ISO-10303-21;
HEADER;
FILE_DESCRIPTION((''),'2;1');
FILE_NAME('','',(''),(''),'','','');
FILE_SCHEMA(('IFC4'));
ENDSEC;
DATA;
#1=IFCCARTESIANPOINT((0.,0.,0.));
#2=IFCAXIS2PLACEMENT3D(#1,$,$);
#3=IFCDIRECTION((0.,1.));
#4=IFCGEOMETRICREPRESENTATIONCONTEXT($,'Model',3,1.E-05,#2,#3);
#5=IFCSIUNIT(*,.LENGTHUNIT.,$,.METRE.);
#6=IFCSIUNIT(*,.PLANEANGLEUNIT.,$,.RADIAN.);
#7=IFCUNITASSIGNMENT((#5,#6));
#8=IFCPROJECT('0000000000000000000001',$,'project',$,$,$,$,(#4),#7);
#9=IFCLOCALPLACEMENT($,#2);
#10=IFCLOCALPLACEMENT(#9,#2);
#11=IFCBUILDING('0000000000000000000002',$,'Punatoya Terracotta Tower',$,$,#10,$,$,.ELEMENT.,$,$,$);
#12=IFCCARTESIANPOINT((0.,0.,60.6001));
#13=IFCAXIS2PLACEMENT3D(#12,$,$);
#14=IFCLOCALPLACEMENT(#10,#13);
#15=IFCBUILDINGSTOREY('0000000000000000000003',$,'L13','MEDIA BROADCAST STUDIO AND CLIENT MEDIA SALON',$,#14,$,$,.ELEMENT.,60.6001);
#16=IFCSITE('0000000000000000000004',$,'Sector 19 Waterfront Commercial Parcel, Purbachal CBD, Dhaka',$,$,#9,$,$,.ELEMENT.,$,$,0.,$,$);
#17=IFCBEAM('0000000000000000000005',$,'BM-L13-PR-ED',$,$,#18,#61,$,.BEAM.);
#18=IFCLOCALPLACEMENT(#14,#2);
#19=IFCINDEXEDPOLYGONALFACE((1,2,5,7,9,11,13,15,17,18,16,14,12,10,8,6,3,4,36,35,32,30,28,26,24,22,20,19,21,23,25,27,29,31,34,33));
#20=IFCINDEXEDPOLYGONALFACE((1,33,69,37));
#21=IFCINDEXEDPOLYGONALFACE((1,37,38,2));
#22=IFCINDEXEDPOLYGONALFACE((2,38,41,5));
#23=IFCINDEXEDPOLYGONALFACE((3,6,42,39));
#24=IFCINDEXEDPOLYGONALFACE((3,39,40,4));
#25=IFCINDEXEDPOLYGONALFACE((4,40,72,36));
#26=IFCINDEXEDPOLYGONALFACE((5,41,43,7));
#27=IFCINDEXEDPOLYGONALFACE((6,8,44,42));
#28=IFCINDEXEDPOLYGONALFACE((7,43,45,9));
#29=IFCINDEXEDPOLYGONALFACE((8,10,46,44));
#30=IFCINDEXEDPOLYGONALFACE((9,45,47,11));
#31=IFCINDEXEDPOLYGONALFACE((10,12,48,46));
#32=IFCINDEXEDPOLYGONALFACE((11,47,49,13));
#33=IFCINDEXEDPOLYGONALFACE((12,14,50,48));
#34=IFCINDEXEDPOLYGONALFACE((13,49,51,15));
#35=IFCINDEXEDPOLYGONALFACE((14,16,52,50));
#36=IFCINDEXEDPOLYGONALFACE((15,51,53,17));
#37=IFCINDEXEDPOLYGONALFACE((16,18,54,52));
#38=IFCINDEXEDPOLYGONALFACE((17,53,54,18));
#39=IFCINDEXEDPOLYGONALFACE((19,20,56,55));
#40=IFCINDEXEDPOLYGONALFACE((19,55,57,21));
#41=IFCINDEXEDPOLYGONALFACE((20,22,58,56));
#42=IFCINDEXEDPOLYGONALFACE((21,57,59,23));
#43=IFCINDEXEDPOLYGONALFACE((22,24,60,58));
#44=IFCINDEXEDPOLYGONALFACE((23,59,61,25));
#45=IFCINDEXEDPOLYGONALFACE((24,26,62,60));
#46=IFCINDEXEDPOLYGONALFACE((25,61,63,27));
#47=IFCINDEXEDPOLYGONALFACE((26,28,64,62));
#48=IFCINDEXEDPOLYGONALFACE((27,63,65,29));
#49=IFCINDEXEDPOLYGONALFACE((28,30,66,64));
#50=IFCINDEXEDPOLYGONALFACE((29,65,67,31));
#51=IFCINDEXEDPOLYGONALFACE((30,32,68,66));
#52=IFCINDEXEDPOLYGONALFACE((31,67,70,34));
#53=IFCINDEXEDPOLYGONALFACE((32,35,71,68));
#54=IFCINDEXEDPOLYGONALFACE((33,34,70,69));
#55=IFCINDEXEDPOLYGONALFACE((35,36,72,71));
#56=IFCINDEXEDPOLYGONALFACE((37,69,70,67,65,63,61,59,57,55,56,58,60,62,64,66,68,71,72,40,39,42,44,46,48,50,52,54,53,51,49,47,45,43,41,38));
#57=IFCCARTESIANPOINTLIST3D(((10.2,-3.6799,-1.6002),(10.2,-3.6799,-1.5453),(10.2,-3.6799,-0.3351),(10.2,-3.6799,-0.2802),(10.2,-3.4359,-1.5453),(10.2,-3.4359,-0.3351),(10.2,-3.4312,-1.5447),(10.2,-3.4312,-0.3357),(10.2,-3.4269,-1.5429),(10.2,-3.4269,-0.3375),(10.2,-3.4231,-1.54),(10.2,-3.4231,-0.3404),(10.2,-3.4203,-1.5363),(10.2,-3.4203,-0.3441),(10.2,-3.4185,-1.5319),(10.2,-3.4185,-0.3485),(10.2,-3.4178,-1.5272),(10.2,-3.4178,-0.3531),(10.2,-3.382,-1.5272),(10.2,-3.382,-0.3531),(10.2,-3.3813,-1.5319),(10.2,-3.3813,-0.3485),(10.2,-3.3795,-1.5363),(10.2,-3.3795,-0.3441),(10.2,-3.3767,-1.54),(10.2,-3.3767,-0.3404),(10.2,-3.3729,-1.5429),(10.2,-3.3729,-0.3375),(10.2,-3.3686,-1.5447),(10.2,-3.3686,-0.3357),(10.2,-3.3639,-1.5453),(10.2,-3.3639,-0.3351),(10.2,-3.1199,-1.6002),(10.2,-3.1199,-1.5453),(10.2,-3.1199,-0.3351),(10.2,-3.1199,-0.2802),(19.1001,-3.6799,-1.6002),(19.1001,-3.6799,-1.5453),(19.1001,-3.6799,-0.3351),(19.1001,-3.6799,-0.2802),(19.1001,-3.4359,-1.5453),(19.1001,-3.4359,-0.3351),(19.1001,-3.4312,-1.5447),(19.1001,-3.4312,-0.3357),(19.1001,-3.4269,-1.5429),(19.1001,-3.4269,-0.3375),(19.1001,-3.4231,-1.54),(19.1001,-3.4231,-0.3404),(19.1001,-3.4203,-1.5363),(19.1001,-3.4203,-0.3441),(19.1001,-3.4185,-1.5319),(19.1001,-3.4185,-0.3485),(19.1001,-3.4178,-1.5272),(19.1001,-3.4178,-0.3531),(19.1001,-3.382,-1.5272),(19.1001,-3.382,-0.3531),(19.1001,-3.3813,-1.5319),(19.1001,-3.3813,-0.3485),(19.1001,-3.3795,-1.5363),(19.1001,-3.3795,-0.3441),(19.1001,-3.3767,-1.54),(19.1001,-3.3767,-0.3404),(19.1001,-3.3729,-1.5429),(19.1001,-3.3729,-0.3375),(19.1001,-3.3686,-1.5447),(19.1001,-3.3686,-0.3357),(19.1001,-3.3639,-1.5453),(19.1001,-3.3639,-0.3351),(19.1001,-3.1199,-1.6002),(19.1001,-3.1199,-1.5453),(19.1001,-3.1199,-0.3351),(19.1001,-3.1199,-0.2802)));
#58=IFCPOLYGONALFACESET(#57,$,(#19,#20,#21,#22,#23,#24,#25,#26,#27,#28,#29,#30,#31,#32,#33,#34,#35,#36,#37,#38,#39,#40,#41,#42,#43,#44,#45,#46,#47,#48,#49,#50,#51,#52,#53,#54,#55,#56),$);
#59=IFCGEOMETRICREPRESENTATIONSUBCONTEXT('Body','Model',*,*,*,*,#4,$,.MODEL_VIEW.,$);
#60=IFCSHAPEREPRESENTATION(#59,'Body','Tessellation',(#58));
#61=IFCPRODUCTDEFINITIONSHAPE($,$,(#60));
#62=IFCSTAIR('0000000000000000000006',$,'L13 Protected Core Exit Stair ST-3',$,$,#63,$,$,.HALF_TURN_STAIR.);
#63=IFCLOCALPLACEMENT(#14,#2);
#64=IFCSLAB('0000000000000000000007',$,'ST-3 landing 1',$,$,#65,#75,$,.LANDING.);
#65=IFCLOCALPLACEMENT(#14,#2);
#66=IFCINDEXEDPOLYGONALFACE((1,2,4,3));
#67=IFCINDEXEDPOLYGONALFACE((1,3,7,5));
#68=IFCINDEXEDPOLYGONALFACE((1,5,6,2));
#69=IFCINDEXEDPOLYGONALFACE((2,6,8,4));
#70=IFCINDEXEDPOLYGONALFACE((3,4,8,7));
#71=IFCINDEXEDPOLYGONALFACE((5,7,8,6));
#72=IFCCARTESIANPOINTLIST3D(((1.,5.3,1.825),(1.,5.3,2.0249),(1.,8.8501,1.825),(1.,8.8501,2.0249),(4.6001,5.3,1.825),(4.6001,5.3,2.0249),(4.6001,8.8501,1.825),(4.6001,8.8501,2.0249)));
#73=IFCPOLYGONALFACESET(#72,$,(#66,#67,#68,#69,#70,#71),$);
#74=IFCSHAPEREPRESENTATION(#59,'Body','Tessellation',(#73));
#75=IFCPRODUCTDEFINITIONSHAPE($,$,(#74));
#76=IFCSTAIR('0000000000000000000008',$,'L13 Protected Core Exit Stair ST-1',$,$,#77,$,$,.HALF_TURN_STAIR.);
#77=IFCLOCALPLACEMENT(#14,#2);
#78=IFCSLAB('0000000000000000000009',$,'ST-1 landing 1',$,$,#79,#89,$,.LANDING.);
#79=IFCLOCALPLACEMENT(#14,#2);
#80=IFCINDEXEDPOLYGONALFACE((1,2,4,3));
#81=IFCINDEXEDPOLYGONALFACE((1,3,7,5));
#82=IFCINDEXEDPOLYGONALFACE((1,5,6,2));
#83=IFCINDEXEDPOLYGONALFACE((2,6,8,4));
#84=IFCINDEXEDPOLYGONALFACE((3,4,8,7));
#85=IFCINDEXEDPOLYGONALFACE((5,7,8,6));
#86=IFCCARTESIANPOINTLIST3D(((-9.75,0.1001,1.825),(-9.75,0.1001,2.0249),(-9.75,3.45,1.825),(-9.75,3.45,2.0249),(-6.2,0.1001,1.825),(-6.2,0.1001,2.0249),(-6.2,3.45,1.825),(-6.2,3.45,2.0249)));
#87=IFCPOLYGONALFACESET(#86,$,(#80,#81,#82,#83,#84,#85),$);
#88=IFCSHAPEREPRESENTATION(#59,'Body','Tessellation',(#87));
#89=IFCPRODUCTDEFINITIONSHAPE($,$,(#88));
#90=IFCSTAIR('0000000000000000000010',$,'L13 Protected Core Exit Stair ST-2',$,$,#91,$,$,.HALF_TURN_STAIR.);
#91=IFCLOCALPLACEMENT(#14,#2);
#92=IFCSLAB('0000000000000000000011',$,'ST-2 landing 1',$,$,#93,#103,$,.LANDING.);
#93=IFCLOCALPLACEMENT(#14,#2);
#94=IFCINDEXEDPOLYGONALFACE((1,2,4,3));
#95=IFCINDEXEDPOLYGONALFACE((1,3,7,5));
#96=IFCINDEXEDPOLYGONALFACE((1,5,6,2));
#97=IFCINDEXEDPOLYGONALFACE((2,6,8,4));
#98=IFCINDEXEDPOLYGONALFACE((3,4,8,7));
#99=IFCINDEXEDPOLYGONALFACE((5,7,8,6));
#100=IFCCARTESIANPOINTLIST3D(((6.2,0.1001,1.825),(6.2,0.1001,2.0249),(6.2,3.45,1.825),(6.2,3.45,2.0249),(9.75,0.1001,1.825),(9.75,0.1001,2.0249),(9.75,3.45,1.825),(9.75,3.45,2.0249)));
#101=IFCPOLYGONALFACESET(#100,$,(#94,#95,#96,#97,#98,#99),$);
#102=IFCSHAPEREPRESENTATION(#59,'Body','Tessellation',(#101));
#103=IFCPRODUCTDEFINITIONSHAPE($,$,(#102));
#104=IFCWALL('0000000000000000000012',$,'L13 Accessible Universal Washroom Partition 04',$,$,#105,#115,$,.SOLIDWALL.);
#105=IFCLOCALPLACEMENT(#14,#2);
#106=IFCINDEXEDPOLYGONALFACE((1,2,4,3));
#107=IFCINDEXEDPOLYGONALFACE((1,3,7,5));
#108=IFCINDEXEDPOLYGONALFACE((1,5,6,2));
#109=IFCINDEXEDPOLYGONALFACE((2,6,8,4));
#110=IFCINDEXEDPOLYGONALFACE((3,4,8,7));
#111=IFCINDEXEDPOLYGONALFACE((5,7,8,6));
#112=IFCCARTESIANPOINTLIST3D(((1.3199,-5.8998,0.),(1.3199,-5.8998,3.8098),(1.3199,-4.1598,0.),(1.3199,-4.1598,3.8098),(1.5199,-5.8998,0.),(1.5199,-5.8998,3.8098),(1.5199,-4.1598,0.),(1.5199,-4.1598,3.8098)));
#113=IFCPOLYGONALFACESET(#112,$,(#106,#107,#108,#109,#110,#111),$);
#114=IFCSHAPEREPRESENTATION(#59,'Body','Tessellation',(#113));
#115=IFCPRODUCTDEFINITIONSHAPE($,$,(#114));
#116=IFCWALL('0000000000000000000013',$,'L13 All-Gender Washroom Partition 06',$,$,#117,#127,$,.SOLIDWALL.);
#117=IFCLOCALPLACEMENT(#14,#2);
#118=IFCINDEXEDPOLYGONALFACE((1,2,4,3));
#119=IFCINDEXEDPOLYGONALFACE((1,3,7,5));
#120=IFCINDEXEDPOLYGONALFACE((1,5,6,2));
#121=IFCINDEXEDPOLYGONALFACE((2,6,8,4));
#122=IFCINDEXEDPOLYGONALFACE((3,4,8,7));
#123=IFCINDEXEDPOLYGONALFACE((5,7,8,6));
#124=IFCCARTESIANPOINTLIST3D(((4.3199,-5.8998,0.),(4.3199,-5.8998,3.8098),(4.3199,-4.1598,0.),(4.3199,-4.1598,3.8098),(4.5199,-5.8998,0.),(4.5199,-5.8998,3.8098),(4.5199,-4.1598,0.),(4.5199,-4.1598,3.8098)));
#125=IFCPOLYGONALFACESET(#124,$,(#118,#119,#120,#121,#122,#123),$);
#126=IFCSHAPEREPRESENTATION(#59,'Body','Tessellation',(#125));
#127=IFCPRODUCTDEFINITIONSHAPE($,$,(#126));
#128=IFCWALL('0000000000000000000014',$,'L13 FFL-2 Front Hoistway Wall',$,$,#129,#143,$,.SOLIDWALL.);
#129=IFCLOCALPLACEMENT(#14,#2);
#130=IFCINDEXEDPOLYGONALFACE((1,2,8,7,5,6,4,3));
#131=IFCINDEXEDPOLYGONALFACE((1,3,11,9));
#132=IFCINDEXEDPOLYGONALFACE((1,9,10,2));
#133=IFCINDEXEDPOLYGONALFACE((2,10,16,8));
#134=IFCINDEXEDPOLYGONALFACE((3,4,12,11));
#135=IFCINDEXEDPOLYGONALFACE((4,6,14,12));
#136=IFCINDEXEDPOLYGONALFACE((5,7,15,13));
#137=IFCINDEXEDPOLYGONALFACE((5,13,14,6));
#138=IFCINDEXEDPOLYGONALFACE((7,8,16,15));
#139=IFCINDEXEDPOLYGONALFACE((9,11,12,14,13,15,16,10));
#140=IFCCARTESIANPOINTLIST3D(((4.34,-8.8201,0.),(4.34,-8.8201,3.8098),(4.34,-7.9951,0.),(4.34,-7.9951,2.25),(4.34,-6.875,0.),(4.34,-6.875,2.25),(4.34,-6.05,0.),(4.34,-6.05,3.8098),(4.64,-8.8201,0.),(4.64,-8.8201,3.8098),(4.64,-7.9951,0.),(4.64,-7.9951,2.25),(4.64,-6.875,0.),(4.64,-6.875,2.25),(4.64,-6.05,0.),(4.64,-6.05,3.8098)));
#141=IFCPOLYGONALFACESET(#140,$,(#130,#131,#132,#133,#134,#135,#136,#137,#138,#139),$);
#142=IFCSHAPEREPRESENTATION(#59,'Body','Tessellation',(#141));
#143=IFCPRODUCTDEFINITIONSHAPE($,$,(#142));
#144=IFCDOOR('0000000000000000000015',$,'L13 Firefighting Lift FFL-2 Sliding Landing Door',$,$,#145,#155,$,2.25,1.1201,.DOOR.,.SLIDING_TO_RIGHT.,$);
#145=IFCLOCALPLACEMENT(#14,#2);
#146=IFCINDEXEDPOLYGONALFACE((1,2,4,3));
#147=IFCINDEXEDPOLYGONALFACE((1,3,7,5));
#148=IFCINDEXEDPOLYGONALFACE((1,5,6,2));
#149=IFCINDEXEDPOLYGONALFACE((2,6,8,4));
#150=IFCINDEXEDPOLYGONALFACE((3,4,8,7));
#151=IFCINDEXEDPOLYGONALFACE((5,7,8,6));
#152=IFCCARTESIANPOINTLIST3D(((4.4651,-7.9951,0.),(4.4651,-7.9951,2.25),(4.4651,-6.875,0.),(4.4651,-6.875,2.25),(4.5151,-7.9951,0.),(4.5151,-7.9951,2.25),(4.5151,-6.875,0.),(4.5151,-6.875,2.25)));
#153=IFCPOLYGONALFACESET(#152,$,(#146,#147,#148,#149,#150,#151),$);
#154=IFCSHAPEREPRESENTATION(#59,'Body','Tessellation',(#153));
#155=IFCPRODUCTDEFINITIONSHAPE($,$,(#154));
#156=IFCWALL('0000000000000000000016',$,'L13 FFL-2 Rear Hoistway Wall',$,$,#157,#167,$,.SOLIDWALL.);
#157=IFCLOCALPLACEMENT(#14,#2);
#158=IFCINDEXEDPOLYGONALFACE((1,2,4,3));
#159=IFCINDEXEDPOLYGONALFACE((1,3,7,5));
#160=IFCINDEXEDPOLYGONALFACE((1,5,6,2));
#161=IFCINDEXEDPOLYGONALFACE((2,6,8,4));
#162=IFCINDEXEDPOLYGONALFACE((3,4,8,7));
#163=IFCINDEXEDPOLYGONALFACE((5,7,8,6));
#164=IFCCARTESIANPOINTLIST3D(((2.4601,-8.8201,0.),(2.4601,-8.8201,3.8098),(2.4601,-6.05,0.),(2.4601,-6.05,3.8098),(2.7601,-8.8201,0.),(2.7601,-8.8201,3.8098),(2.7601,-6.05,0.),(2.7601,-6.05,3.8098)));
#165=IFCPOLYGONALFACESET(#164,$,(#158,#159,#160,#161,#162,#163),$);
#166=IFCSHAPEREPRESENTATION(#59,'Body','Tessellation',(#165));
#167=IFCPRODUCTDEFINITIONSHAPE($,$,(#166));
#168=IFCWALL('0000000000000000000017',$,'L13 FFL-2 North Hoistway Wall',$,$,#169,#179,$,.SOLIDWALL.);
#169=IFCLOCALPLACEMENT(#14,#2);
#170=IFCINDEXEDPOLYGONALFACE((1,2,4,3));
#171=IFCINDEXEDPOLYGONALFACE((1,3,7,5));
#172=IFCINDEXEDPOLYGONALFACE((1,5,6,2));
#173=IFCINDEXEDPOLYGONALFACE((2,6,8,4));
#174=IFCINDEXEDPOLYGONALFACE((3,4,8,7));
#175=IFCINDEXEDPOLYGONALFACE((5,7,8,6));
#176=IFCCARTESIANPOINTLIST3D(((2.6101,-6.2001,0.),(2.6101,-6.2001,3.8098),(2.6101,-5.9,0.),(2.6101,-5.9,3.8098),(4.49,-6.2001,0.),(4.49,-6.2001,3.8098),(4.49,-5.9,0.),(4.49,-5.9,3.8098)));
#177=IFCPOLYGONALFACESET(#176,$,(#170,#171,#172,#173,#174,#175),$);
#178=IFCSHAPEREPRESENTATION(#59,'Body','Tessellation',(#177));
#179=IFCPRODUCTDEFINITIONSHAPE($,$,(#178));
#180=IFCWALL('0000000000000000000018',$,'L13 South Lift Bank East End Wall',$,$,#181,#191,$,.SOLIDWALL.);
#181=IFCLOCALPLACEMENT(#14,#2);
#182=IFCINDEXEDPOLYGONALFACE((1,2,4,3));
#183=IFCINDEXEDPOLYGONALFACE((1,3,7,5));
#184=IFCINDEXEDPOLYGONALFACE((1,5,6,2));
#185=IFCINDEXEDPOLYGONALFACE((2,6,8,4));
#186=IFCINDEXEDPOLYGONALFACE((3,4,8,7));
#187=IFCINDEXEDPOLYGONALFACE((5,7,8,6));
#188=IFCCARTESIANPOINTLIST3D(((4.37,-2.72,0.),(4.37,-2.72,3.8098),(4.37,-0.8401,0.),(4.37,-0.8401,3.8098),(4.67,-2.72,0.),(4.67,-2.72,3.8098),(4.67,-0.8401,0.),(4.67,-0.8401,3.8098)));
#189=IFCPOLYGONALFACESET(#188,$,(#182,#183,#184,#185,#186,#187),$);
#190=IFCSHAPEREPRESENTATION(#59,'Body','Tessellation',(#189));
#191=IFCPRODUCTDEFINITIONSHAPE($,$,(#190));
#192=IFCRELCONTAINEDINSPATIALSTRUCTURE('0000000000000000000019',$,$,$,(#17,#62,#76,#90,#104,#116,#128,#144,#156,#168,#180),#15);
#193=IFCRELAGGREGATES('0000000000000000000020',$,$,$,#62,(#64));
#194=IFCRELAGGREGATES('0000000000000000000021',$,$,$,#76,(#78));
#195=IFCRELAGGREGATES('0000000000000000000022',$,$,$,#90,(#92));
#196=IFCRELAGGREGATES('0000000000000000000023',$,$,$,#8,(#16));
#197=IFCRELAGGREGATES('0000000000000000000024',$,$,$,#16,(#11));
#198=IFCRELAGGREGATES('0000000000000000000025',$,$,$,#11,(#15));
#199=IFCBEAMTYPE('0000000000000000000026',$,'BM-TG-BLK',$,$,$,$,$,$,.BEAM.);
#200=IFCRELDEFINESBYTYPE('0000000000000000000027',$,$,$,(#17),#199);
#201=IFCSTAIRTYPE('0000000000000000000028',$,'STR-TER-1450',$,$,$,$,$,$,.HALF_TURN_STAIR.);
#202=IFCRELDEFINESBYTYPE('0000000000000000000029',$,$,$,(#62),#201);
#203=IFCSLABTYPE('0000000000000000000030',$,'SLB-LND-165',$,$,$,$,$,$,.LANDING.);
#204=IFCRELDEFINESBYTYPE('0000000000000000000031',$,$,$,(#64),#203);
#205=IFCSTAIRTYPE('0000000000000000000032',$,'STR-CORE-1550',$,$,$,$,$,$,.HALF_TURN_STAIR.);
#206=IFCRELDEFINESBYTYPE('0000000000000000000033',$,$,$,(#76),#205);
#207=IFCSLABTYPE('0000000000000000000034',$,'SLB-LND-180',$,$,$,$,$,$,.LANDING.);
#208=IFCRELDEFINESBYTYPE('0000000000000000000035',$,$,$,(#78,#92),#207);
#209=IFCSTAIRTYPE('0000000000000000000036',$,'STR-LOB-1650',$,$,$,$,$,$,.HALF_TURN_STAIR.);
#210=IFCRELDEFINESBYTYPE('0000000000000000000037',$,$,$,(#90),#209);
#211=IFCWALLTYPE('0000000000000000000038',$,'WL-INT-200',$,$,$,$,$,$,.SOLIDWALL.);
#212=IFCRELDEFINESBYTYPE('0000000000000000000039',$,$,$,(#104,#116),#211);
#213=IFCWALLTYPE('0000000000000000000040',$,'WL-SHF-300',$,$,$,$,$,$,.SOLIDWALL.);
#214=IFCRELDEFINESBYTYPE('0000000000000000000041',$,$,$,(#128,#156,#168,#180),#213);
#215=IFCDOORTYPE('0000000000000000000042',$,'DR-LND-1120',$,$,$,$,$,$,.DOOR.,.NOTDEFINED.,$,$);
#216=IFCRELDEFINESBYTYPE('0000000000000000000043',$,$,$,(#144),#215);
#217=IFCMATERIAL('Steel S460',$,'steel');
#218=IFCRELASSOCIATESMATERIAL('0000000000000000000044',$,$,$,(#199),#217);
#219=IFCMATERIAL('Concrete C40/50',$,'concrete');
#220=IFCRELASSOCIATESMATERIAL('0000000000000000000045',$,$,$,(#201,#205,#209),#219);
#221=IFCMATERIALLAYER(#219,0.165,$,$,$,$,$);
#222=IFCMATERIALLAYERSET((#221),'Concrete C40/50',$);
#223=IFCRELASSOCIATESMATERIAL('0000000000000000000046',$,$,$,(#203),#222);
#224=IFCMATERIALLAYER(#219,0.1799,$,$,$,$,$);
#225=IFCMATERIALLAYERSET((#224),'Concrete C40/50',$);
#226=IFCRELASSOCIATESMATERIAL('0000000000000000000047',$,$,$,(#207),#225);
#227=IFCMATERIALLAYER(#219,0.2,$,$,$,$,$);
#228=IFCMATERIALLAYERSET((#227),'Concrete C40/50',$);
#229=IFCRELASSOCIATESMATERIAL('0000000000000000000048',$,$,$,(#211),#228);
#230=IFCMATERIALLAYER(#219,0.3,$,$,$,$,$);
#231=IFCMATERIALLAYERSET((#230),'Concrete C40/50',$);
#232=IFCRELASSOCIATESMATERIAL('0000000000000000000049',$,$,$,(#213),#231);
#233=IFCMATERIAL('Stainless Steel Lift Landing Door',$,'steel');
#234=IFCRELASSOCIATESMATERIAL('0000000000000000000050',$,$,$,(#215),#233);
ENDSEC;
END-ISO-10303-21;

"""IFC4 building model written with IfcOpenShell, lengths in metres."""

from ifc_helpers import new_model, si_unit, direction, frame, frame_2d, origin, origin_2d, place, context, subcontext, project, spatial, polyline, rectangle, i_section, outline, extrude, material, layer, layer_set, material_profile, profile_set, type_object, element, fill, aggregate, save


model = new_model("IFC4")

# Units and contexts
model_context = context("Model", 3, precision=1e-05, world=origin(), true_north=direction((0.0, 1.0)))
body_context = subcontext(model_context, "Body", "Model", "MODEL_VIEW")
ifc_project = project(units=[si_unit("LENGTHUNIT", "METRE"), si_unit("PLANEANGLEUNIT", "RADIAN")], contexts=[model_context])

# Site, building, storey
site_placement = place(None, origin())
site = spatial("IfcSite", under=ifc_project, at=site_placement, Name="Sector 19 Waterfront Commercial Parcel, Purbachal CBD, Dhaka", CompositionType="ELEMENT", RefElevation=0.0)
building_placement = place(site_placement, origin())
building = spatial("IfcBuilding", under=site, at=building_placement, Name="Punatoya Terracotta Tower", CompositionType="ELEMENT")
storey_placement = place(building_placement, frame((0.0, 0.0, 60.6001)))
storey = spatial("IfcBuildingStorey", under=building, at=storey_placement, Name="L13", Description="MEDIA BROADCAST STUDIO AND CLIENT MEDIA SALON", CompositionType="ELEMENT", Elevation=60.6001)

# Beam
ifc_material_1 = material(Name="Steel S460", Category="steel")
ifc_material_profile = material_profile(ifc_material_1, i_section(OverallWidth=0.5601, OverallDepth=1.3201, WebThickness=0.0359, FlangeThickness=0.0549, FilletRadius=0.0181, at=origin_2d()))
ifc_profile_set = profile_set([ifc_material_profile], Name="Steel S460")
beam_type = type_object("IfcBeamType", Name="BM-TG-BLK", PredefinedType="BEAM", material=ifc_profile_set)
beam_placement = place(storey_placement, frame((10.2, -3.3999, -0.9402), z_axis=(1.0, 0.0, 0.0), x_axis=(0.0, 1.0, 0.0)))
element("IfcBeam", 1, at=beam_placement, inside=storey, type_object=beam_type, Name="BM-L13-PR-ED", PredefinedType="BEAM", context=body_context, shape_type="SweptSolid", body=[
    extrude(i_section(OverallWidth=0.5601, OverallDepth=1.3201, WebThickness=0.0359, FlangeThickness=0.0549, FilletRadius=0.0181, at=origin_2d()), origin(), (0.0, 0.0, 1.0), 8.9001),
])

# Stairs, slabs
ifc_material_2 = material(Name="Concrete C40/50", Category="concrete")
stair_type_1 = type_object("IfcStairType", Name="STR-TER-1450", PredefinedType="HALF_TURN_STAIR", material=ifc_material_2)
stair_1_placement = place(storey_placement, origin())
stair_1 = element("IfcStair", 2, at=stair_1_placement, inside=storey, type_object=stair_type_1, Name="L13 Protected Core Exit Stair ST-3", PredefinedType="HALF_TURN_STAIR")
ifc_layer_1 = layer(ifc_material_2, 0.165)
ifc_layer_set_1 = layer_set([ifc_layer_1], Name="Concrete C40/50")
slab_type_1 = type_object("IfcSlabType", Name="SLB-LND-165", PredefinedType="LANDING", material=ifc_layer_set_1)
slab_1_placement = place(storey_placement, frame((0.0, 0.0, 1.825)))
slab_1 = element("IfcSlab", 3, at=slab_1_placement, type_object=slab_type_1, Name="ST-3 landing 1", PredefinedType="LANDING", context=body_context, shape_type="SweptSolid", body=[
    extrude(outline(polyline([(1.0, 5.3), (4.6001, 5.3), (4.6001, 8.8501), (1.0, 8.8501), (1.0, 5.3)])), origin(), (0.0, 0.0, 1.0), 0.2),
])
aggregate(stair_1, [slab_1])
stair_type_2 = type_object("IfcStairType", Name="STR-CORE-1550", PredefinedType="HALF_TURN_STAIR", material=ifc_material_2)
stair_2_placement = place(storey_placement, origin())
stair_2 = element("IfcStair", 4, at=stair_2_placement, inside=storey, type_object=stair_type_2, Name="L13 Protected Core Exit Stair ST-1", PredefinedType="HALF_TURN_STAIR")
ifc_layer_2 = layer(ifc_material_2, 0.1799)
ifc_layer_set_2 = layer_set([ifc_layer_2], Name="Concrete C40/50")
slab_type_2 = type_object("IfcSlabType", Name="SLB-LND-180", PredefinedType="LANDING", material=ifc_layer_set_2)
slab_2_placement = place(storey_placement, frame((0.0, 0.0, 1.825)))
slab_2 = element("IfcSlab", 5, at=slab_2_placement, type_object=slab_type_2, Name="ST-1 landing 1", PredefinedType="LANDING", context=body_context, shape_type="SweptSolid", body=[
    extrude(outline(polyline([(-6.2, 0.1001), (-6.2, 3.45), (-9.75, 3.45), (-9.75, 0.1001), (-6.2, 0.1001)])), origin(), (0.0, 0.0, 1.0), 0.2),
])
aggregate(stair_2, [slab_2])
stair_type_3 = type_object("IfcStairType", Name="STR-LOB-1650", PredefinedType="HALF_TURN_STAIR", material=ifc_material_2)
stair_3_placement = place(storey_placement, origin())
stair_3 = element("IfcStair", 6, at=stair_3_placement, inside=storey, type_object=stair_type_3, Name="L13 Protected Core Exit Stair ST-2", PredefinedType="HALF_TURN_STAIR")
slab_3_placement = place(storey_placement, frame((0.0, 0.0, 1.825)))
slab_3 = element("IfcSlab", 7, at=slab_3_placement, type_object=slab_type_2, Name="ST-2 landing 1", PredefinedType="LANDING", context=body_context, shape_type="SweptSolid", body=[
    extrude(outline(polyline([(9.75, 0.1001), (9.75, 3.45), (6.2, 3.45), (6.2, 0.1001), (9.75, 0.1001)])), origin(), (0.0, 0.0, 1.0), 0.2),
])

# Wall
ifc_layer_3 = layer(ifc_material_2, 0.2)
ifc_layer_set_3 = layer_set([ifc_layer_3], Name="Concrete C40/50")
wall_type_1 = type_object("IfcWallType", Name="WL-INT-200", PredefinedType="SOLIDWALL", material=ifc_layer_set_3)
wall_1_placement = place(storey_placement, frame((1.4199, -5.8999, 0.0), z_axis=(0.0, 0.0, 1.0), x_axis=(0.0, 1.0, 0.0)))
element("IfcWall", 8, at=wall_1_placement, inside=storey, type_object=wall_type_1, Name="L13 Accessible Universal Washroom Partition 04", PredefinedType="SOLIDWALL", context=body_context, shape_type="SweptSolid", body=[
    extrude(rectangle(XDim=1.74, YDim=0.2, at=frame_2d((0.8701, 0.0))), origin(), (0.0, 0.0, 1.0), 3.8098),
])

# Wall
wall_2_placement = place(storey_placement, frame((4.4199, -5.8999, 0.0), z_axis=(0.0, 0.0, 1.0), x_axis=(0.0, 1.0, 0.0)))
element("IfcWall", 9, at=wall_2_placement, inside=storey, type_object=wall_type_1, Name="L13 All-Gender Washroom Partition 06", PredefinedType="SOLIDWALL", context=body_context, shape_type="SweptSolid", body=[
    extrude(rectangle(XDim=1.74, YDim=0.2, at=frame_2d((0.8701, 0.0))), origin(), (0.0, 0.0, 1.0), 3.8098),
])

# Wall, opening, door
ifc_layer_4 = layer(ifc_material_2, 0.3)
ifc_layer_set_4 = layer_set([ifc_layer_4], Name="Concrete C40/50")
wall_type_2 = type_object("IfcWallType", Name="WL-SHF-300", PredefinedType="SOLIDWALL", material=ifc_layer_set_4)
wall_3_placement = place(storey_placement, frame((4.49, -8.8201, 0.0), z_axis=(0.0, 0.0, 1.0), x_axis=(0.0, 1.0, 0.0)))
wall_3 = element("IfcWall", 10, at=wall_3_placement, inside=storey, type_object=wall_type_2, Name="L13 FFL-2 Front Hoistway Wall", PredefinedType="SOLIDWALL", context=body_context, shape_type="SweptSolid", body=[
    extrude(rectangle(XDim=2.77, YDim=0.3, at=frame_2d((1.385, 0.0))), origin(), (0.0, 0.0, 1.0), 3.8098),
])
opening_1_placement = place(wall_3_placement, frame((0.825, 0.0, 0.0)))
opening_1 = element("IfcOpeningElement", 11, at=opening_1_placement, cuts=wall_3, PredefinedType="OPENING", context=body_context, shape_type="SweptSolid", body=[
    extrude(rectangle(XDim=1.1201, YDim=2.25, at=frame_2d((0.5601, 1.125))), frame((0.0, 0.1599, 0.0), z_axis=(0.0, -1.0, 0.0), x_axis=(1.0, 0.0, 0.0)), (0.0, 0.0, 1.0), 0.3201),
])
ifc_material_3 = material(Name="Stainless Steel Lift Landing Door", Category="steel")
door_type_1 = type_object("IfcDoorType", Name="DR-LND-1120", OperationType="NOTDEFINED", PredefinedType="DOOR", material=ifc_material_3)
door_1_placement = place(opening_1_placement, origin())
door_1 = element("IfcDoor", 12, at=door_1_placement, inside=storey, type_object=door_type_1, Name="L13 Firefighting Lift FFL-2 Sliding Landing Door", OperationType="SLIDING_TO_RIGHT", OverallHeight=2.25, OverallWidth=1.1201, PredefinedType="DOOR", context=body_context, shape_type="SweptSolid", body=[
    extrude(rectangle(XDim=1.1201, YDim=2.25, at=frame_2d((0.5601, 1.125))), frame((0.0, 0.0249, 0.0), z_axis=(0.0, -1.0, 0.0), x_axis=(1.0, 0.0, 0.0)), (0.0, 0.0, 1.0), 0.05),
])
fill(opening_1, door_1)

# Walls
wall_4_placement = place(storey_placement, frame((2.6101, -8.8201, 0.0), z_axis=(0.0, 0.0, 1.0), x_axis=(0.0, 1.0, 0.0)))
element("IfcWall", 13, at=wall_4_placement, inside=storey, type_object=wall_type_2, Name="L13 FFL-2 Rear Hoistway Wall", PredefinedType="SOLIDWALL", context=body_context, shape_type="SweptSolid", body=[
    extrude(rectangle(XDim=2.77, YDim=0.3, at=frame_2d((1.385, 0.0))), origin(), (0.0, 0.0, 1.0), 3.8098),
])
for number, where, z_axis, x_axis, name in (
    (14, (2.6101, -6.05, 0.0), (0.0, 0.0, 1.0), (1.0, 0.0, 0.0), "L13 FFL-2 North Hoistway Wall"),
    (15, (4.52, -2.72, 0.0), (0.0, 0.0, 1.0), (0.0, 1.0, 0.0), "L13 South Lift Bank East End Wall"),
):
    element("IfcWall", number, at=place(storey_placement, frame(where, z_axis=z_axis, x_axis=x_axis)), inside=storey, type_object=wall_type_2, Name=name, PredefinedType="SOLIDWALL", context=body_context, shape_type="SweptSolid", body=[
        extrude(rectangle(XDim=1.8799, YDim=0.3, at=frame_2d((0.9399, 0.0))), origin(), (0.0, 0.0, 1.0), 3.8098),
    ])

aggregate(stair_3, [slab_3])

save(model, "model.ifc")
